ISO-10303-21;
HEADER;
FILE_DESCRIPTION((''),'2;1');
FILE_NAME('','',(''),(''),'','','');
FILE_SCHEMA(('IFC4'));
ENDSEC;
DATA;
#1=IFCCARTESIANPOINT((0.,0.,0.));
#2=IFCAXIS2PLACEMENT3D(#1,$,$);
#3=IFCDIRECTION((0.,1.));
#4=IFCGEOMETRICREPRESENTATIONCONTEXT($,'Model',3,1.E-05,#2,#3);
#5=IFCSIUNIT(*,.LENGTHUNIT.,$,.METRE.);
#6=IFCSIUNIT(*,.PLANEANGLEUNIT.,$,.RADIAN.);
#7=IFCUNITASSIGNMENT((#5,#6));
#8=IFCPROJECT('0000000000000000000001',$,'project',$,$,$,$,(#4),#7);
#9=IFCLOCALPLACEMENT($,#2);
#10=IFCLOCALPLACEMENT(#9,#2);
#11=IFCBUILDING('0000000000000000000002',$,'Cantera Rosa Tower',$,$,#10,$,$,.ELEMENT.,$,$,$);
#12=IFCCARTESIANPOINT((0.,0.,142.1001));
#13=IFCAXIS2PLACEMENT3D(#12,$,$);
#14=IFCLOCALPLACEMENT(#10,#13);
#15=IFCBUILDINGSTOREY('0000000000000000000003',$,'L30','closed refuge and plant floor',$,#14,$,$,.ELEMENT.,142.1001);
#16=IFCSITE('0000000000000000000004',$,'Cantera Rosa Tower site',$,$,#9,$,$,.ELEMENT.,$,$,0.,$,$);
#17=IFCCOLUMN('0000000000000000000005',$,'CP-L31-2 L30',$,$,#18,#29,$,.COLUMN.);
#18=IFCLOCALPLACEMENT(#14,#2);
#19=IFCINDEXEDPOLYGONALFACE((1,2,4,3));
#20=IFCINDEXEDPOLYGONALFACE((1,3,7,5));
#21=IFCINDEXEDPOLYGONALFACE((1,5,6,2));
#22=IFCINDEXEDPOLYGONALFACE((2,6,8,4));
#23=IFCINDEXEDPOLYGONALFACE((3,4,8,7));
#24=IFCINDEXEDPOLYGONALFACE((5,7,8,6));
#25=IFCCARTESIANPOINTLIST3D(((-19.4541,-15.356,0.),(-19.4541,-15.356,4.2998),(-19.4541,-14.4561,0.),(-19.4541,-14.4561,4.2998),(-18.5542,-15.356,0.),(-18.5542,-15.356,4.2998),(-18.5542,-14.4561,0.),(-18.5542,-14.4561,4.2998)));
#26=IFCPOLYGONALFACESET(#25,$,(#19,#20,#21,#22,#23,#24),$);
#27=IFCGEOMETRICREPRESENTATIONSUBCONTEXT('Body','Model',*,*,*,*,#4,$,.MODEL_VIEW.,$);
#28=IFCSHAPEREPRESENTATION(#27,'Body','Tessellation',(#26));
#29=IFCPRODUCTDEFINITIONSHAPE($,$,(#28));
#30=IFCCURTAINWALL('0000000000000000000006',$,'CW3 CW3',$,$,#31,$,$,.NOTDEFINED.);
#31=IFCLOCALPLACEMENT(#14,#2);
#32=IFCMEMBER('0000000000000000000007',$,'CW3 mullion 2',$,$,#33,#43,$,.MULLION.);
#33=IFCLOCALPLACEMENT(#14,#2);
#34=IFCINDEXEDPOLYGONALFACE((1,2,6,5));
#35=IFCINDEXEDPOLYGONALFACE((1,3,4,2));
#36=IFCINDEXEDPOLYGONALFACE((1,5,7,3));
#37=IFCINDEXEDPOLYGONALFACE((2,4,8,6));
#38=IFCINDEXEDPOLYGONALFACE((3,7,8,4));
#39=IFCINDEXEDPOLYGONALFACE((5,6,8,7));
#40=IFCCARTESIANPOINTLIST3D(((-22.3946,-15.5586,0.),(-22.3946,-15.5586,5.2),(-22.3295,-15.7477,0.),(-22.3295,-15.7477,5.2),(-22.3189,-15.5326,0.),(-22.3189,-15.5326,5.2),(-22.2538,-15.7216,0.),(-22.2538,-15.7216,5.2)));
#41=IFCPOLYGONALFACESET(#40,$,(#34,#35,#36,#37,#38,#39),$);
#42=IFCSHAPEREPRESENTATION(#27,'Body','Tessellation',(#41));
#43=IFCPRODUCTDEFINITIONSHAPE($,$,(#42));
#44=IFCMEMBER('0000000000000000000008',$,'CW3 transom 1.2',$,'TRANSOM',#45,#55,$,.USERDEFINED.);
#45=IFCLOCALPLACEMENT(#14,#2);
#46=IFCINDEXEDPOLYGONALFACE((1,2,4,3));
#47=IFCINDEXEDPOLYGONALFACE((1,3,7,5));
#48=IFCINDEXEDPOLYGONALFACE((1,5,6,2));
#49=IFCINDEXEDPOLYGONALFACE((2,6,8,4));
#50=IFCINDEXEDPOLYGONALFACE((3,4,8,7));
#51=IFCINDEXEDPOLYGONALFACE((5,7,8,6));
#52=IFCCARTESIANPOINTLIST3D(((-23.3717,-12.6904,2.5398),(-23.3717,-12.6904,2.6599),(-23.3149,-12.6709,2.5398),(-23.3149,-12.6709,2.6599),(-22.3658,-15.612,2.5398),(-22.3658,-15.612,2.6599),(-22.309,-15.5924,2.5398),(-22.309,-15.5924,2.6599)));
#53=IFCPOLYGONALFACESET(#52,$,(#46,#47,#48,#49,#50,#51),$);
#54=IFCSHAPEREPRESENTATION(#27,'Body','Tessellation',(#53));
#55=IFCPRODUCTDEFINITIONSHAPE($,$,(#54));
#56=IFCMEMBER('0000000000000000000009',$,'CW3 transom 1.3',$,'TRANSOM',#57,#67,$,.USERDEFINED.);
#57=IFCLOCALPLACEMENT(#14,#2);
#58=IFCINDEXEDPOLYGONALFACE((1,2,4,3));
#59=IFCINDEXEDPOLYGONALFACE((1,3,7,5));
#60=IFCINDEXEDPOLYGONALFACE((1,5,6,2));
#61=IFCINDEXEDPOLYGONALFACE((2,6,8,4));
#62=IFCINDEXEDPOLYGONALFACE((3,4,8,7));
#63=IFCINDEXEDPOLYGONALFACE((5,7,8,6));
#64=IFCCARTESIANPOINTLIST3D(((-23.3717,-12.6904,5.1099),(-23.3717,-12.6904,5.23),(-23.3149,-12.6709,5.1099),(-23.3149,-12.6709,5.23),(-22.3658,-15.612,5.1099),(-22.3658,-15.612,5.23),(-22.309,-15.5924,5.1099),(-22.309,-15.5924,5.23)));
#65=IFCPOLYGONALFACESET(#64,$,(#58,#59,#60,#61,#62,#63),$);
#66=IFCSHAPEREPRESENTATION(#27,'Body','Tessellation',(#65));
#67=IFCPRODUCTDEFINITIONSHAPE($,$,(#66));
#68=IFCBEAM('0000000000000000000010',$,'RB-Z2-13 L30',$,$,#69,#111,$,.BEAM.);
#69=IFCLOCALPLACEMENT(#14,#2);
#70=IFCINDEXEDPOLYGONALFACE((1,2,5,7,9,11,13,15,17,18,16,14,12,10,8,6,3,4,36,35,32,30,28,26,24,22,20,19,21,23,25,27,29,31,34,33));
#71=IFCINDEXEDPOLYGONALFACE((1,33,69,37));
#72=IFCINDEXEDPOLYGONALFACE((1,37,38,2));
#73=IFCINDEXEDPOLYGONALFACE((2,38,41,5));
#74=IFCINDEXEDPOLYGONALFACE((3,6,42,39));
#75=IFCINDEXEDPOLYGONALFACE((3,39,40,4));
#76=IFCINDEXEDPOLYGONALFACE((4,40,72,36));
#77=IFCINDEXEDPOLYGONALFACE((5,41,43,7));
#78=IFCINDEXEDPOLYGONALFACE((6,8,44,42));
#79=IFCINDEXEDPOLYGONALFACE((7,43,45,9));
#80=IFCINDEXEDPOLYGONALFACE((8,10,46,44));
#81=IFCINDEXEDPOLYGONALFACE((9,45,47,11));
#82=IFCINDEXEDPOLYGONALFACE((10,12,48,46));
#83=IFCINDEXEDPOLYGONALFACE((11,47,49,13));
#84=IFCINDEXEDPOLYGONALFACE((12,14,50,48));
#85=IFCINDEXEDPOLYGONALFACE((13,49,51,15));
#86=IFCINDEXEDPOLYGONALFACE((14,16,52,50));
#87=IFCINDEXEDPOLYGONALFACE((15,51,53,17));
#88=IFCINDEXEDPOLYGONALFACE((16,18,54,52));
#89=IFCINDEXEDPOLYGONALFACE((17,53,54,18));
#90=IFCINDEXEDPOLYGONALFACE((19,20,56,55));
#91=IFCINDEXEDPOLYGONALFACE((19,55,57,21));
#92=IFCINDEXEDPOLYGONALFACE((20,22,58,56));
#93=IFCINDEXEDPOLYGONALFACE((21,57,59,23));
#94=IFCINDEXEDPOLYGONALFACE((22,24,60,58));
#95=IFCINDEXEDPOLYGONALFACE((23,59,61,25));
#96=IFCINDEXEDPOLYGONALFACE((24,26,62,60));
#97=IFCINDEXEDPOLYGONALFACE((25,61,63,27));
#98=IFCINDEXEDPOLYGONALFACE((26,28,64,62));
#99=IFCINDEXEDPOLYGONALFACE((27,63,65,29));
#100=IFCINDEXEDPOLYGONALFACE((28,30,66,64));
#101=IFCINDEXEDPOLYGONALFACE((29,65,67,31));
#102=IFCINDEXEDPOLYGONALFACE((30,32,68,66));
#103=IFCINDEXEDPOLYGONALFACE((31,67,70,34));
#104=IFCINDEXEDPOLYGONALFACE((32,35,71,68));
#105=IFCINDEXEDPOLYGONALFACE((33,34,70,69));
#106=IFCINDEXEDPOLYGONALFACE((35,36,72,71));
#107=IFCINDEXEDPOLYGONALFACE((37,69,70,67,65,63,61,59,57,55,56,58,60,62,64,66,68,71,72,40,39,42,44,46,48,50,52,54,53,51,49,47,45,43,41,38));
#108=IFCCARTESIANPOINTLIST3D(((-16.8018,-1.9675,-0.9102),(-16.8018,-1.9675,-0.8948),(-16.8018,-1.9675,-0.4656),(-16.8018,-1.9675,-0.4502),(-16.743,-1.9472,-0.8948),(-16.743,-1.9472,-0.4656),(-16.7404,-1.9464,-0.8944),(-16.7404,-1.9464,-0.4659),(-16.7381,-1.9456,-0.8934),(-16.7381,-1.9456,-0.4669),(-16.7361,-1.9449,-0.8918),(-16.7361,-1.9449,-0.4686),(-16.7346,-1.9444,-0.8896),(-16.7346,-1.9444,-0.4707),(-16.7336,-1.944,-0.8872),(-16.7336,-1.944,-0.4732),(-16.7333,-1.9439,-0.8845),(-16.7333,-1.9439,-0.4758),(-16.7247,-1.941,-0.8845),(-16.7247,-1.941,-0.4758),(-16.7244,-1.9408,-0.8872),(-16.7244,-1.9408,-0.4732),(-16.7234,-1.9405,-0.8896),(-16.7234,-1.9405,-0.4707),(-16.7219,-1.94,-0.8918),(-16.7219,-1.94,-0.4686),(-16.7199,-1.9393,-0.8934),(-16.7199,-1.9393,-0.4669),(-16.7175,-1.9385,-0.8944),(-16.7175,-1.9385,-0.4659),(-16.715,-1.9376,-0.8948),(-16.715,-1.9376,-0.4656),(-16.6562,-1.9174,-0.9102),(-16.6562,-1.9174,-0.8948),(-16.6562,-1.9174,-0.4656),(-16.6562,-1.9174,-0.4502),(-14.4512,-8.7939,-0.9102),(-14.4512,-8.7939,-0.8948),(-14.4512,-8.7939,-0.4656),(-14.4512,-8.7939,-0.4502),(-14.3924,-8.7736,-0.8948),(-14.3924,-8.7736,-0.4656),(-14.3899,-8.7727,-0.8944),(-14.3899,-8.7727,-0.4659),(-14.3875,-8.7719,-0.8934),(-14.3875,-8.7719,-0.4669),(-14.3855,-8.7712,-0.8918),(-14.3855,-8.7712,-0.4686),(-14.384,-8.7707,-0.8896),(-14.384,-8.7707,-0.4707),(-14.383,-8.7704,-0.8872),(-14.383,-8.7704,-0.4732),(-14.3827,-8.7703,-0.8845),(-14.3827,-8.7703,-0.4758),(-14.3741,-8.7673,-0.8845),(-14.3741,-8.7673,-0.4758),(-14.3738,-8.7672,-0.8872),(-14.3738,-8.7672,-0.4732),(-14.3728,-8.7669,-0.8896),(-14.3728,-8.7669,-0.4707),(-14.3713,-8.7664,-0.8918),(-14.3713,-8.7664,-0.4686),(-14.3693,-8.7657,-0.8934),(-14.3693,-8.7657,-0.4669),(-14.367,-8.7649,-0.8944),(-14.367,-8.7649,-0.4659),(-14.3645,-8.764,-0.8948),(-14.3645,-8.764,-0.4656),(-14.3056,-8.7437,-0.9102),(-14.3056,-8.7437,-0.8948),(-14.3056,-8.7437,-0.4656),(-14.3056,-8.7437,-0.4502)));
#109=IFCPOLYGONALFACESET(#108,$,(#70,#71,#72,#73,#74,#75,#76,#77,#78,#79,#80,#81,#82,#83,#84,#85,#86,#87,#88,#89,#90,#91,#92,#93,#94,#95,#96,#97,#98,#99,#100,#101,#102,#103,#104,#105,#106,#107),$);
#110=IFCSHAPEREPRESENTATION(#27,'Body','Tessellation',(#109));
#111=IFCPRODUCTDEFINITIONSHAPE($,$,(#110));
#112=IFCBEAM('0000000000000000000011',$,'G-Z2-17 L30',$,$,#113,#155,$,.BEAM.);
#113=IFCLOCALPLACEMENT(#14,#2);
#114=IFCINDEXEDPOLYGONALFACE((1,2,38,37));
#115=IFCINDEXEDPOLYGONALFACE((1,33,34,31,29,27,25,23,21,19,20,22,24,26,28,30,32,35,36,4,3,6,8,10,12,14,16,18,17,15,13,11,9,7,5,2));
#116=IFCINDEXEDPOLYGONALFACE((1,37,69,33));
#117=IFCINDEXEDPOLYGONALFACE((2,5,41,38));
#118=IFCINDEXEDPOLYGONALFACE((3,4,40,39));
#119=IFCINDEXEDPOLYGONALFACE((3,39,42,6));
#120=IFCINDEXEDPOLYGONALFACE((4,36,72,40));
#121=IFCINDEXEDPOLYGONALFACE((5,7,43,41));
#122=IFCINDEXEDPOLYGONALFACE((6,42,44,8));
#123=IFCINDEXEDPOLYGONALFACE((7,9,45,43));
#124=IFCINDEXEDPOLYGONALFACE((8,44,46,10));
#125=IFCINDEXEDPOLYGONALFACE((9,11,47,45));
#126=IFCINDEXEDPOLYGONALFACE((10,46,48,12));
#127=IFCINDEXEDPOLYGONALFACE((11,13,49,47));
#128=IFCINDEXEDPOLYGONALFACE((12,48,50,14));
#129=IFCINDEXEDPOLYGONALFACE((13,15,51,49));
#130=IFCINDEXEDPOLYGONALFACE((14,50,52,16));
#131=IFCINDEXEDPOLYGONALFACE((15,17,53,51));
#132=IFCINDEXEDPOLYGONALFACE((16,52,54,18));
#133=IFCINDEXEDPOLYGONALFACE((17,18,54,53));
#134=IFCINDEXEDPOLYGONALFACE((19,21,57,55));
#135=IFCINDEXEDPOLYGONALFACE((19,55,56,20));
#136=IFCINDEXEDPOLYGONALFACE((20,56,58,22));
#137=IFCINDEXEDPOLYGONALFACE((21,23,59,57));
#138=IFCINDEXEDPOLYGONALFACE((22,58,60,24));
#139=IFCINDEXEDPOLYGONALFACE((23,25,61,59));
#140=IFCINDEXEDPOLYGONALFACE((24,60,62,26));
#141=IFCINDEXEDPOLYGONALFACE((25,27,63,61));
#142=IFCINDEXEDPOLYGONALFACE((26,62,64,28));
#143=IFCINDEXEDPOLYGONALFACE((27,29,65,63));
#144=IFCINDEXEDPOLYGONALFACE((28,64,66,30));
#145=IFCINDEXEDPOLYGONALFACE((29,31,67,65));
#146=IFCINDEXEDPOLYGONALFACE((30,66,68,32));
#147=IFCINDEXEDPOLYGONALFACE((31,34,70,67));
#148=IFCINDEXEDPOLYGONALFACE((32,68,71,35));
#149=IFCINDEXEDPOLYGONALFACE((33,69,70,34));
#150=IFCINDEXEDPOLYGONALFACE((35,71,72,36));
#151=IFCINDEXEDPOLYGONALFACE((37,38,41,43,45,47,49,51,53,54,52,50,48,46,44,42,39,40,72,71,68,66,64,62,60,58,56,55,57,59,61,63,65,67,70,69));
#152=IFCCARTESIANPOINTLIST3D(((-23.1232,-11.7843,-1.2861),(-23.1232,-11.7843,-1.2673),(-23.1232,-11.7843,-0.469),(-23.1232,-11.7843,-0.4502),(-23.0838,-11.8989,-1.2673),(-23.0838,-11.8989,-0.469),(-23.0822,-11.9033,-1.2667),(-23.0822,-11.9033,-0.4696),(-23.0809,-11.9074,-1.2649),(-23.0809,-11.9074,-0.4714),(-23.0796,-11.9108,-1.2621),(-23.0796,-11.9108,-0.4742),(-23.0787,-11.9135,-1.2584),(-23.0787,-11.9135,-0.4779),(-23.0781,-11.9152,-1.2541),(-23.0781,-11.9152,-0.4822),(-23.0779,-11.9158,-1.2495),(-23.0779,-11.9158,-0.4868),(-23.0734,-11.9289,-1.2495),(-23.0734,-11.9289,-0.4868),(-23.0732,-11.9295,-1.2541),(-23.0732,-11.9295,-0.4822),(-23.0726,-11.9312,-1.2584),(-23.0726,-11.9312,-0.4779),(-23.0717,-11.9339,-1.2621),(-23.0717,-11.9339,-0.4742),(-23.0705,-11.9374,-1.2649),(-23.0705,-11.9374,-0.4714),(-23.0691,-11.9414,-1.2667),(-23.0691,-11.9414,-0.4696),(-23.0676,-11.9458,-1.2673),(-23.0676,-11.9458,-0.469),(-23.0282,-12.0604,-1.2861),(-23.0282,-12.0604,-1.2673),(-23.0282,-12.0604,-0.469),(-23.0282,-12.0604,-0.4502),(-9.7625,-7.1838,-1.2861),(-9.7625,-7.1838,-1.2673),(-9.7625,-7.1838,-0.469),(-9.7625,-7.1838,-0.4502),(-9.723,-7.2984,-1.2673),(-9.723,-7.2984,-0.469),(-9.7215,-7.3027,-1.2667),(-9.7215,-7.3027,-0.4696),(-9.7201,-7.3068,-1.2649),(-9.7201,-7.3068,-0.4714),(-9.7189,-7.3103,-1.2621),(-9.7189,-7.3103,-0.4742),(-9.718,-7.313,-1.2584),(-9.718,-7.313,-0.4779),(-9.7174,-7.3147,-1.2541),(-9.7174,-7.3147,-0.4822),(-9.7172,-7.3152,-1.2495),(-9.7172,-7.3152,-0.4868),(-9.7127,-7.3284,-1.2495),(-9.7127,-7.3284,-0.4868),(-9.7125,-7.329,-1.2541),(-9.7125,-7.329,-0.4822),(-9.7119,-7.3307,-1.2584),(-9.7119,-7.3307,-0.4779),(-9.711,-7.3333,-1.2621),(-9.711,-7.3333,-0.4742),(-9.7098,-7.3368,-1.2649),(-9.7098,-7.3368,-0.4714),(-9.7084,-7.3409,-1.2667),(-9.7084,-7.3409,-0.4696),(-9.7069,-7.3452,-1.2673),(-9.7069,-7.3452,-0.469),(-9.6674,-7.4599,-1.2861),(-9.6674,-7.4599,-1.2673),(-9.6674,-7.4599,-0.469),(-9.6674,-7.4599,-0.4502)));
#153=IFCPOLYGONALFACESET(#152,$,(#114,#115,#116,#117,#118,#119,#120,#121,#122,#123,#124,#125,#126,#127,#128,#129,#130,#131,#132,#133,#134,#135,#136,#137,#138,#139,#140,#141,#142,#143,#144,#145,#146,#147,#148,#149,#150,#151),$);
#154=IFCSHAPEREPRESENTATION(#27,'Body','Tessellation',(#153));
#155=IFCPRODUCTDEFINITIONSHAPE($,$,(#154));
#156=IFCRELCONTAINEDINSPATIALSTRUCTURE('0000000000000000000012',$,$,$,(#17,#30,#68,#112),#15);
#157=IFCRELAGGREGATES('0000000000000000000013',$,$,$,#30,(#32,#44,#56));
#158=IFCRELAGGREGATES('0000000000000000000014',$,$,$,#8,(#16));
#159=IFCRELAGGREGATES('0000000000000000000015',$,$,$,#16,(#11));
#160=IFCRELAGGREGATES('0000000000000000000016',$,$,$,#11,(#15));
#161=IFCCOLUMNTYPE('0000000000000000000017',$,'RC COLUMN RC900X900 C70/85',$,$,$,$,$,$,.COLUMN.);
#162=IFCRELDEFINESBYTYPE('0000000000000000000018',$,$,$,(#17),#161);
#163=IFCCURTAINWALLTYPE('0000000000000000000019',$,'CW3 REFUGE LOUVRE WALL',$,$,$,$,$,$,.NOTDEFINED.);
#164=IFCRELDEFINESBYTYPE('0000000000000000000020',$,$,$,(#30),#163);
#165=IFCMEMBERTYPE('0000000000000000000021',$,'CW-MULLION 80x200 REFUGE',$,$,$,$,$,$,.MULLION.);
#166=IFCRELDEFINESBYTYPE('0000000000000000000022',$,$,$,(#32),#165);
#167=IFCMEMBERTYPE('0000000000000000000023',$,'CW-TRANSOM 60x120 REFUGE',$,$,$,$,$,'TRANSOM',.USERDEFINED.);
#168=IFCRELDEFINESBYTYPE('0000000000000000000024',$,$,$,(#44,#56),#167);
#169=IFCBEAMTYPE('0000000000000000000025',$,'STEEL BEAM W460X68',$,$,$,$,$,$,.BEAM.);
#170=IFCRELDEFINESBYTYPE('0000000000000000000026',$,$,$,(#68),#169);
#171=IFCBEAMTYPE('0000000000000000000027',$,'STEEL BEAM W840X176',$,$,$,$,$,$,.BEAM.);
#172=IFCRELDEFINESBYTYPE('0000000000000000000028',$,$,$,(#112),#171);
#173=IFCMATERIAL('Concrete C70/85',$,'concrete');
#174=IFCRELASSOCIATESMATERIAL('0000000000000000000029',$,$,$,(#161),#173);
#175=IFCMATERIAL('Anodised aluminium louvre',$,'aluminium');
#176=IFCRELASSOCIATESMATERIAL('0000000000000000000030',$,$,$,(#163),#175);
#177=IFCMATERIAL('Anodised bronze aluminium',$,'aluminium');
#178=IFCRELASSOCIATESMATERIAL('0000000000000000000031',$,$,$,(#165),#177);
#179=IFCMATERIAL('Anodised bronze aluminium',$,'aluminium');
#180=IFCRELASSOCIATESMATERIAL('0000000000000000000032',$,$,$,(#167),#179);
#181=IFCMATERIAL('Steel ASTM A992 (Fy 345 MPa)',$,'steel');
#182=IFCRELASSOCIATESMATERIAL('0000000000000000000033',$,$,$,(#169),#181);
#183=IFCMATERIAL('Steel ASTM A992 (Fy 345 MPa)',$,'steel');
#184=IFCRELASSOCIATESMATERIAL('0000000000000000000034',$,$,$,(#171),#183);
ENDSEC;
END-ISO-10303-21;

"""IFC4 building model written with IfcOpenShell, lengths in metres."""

from ifc_helpers import new_model, si_unit, direction, frame, origin, origin_2d, place, context, subcontext, project, spatial, rectangle, i_section, extrude, material, material_profile, profile_set, type_object, element, aggregate, save


model = new_model("IFC4")

# Units and contexts
model_context = context("Model", 3, precision=1e-05, world=origin(), true_north=direction((0.0, 1.0)))
body_context = subcontext(model_context, "Body", "Model", "MODEL_VIEW")
ifc_project = project(units=[si_unit("LENGTHUNIT", "METRE"), si_unit("PLANEANGLEUNIT", "RADIAN")], contexts=[model_context])

# Site, building, storey
site_placement = place(None, origin())
site = spatial("IfcSite", under=ifc_project, at=site_placement, Name="Cantera Rosa Tower site", CompositionType="ELEMENT", RefElevation=0.0)
building_placement = place(site_placement, origin())
building = spatial("IfcBuilding", under=site, at=building_placement, Name="Cantera Rosa Tower", CompositionType="ELEMENT")
storey_placement = place(building_placement, frame((0.0, 0.0, 142.1001)))
storey = spatial("IfcBuildingStorey", under=building, at=storey_placement, Name="L30", Description="closed refuge and plant floor", CompositionType="ELEMENT", Elevation=142.1001)

# Column
ifc_material_1 = material(Name="Concrete C70/85", Category="concrete")
ifc_material_profile_1 = material_profile(ifc_material_1, rectangle(XDim=0.8999, YDim=0.8999, at=origin_2d()), Name="RC COLUMN RC900X900 C70/85")
ifc_profile_set_1 = profile_set([ifc_material_profile_1], Name="Concrete C70/85")
column_type = type_object("IfcColumnType", Name="RC COLUMN RC900X900 C70/85", PredefinedType="COLUMN", material=ifc_profile_set_1)
column_placement = place(storey_placement, frame((-19.0042, -14.906, 0.0), z_axis=(0.0, 0.0, 1.0), x_axis=(1.0, 0.0, 0.0)))
element("IfcColumn", 1, at=column_placement, inside=storey, type_object=column_type, Name="CP-L31-2 L30", PredefinedType="COLUMN", context=body_context, shape_type="SweptSolid", body=[
    extrude(rectangle(XDim=0.8999, YDim=0.8999, at=origin_2d()), origin(), (0.0, 0.0, 1.0), 4.2998),
])

# Curtain wall, members
ifc_material_2 = material(Name="Anodised aluminium louvre", Category="aluminium")
curtain_wall_type = type_object("IfcCurtainWallType", Name="CW3 REFUGE LOUVRE WALL", PredefinedType="NOTDEFINED", material=ifc_material_2)
curtain_wall_placement = place(storey_placement, origin())
curtain_wall = element("IfcCurtainWall", 2, at=curtain_wall_placement, inside=storey, type_object=curtain_wall_type, Name="CW3 CW3", PredefinedType="NOTDEFINED")
ifc_material_3 = material(Name="Anodised bronze aluminium", Category="aluminium")
ifc_material_profile_2 = material_profile(ifc_material_3, rectangle(XDim=0.0801, YDim=0.2, at=origin_2d()), Name="CW-MULLION 80x200 REFUGE")
ifc_profile_set_2 = profile_set([ifc_material_profile_2], Name="Anodised bronze aluminium")
member_type_1 = type_object("IfcMemberType", Name="CW-MULLION 80x200 REFUGE", PredefinedType="MULLION", material=ifc_profile_set_2)
member_1_placement = place(storey_placement, frame((-22.3242, -15.6401, 0.0), z_axis=(0.0, 0.0, 1.0), x_axis=(0.945519, 0.325568, 0.0)))
member_1 = element("IfcMember", 3, at=member_1_placement, type_object=member_type_1, Name="CW3 mullion 2", PredefinedType="MULLION", context=body_context, shape_type="SweptSolid", body=[
    extrude(rectangle(XDim=0.0801, YDim=0.2, at=origin_2d()), origin(), (0.0, 0.0, 1.0), 5.2),
])
ifc_material_4 = material(Name="Anodised bronze aluminium", Category="aluminium")
ifc_material_profile_3 = material_profile(ifc_material_4, rectangle(XDim=0.0601, YDim=0.1201, at=origin_2d()), Name="CW-TRANSOM 60x120 REFUGE")
ifc_profile_set_3 = profile_set([ifc_material_profile_3], Name="Anodised bronze aluminium")
member_type_2 = type_object("IfcMemberType", Name="CW-TRANSOM 60x120 REFUGE", ElementType="TRANSOM", PredefinedType="USERDEFINED", material=ifc_profile_set_3)
member_2_placement = place(storey_placement, frame((-23.3433, -12.6807, 2.5999), z_axis=(0.325528, -0.945532, 0.0), x_axis=(0.945532, 0.325528, 0.0)))
member_2 = element("IfcMember", 4, at=member_2_placement, type_object=member_type_2, Name="CW3 transom 1.2", ObjectType="TRANSOM", PredefinedType="USERDEFINED", context=body_context, shape_type="SweptSolid", body=[
    extrude(rectangle(XDim=0.0601, YDim=0.1201, at=origin_2d()), origin(), (0.0, 0.0, 1.0), 3.0898),
])
member_3_placement = place(storey_placement, frame((-23.3433, -12.6807, 5.1699), z_axis=(0.325528, -0.945532, 0.0), x_axis=(0.945532, 0.325528, 0.0)))
member_3 = element("IfcMember", 5, at=member_3_placement, type_object=member_type_2, Name="CW3 transom 1.3", ObjectType="TRANSOM", PredefinedType="USERDEFINED", context=body_context, shape_type="SweptSolid", body=[
    extrude(rectangle(XDim=0.0601, YDim=0.1201, at=origin_2d()), origin(), (0.0, 0.0, 1.0), 3.0898),
])

# Beams
ifc_material_5 = material(Name="Steel ASTM A992 (Fy 345 MPa)", Category="steel")
ifc_material_profile_4 = material_profile(ifc_material_5, i_section(OverallWidth=0.1541, OverallDepth=0.46, WebThickness=0.009, FlangeThickness=0.0154, FilletRadius=0.0103, at=origin_2d()), Name="W460X68")
ifc_profile_set_4 = profile_set([ifc_material_profile_4], Name="Steel ASTM A992 (Fy 345 MPa)")
beam_type_1 = type_object("IfcBeamType", Name="STEEL BEAM W460X68", PredefinedType="BEAM", material=ifc_profile_set_4)
beam_1_placement = place(storey_placement, frame((-14.3784, -8.7688, -0.6802), z_axis=(-0.325576, 0.945516, 0.0), x_axis=(-0.945516, -0.325576, 0.0)))
element("IfcBeam", 6, at=beam_1_placement, inside=storey, type_object=beam_type_1, Name="RB-Z2-13 L30", PredefinedType="BEAM", context=body_context, shape_type="SweptSolid", body=[
    extrude(i_section(OverallWidth=0.1541, OverallDepth=0.46, WebThickness=0.009, FlangeThickness=0.0154, FilletRadius=0.0103, at=origin_2d()), origin(), (0.0, 0.0, 1.0), 7.2197),
])
ifc_material_6 = material(Name="Steel ASTM A992 (Fy 345 MPa)", Category="steel")
ifc_material_profile_5 = material_profile(ifc_material_6, i_section(OverallWidth=0.292, OverallDepth=0.8359, WebThickness=0.0139, FlangeThickness=0.0188, FilletRadius=0.0178, at=origin_2d()), Name="W840X176")
ifc_profile_set_5 = profile_set([ifc_material_profile_5], Name="Steel ASTM A992 (Fy 345 MPa)")
beam_type_2 = type_object("IfcBeamType", Name="STEEL BEAM W840X176", PredefinedType="BEAM", material=ifc_profile_set_5)
beam_2_placement = place(storey_placement, frame((-23.0757, -11.9224, -0.8682), z_axis=(0.945517, 0.325573, 0.0), x_axis=(-0.325573, 0.945517, 0.0)))
element("IfcBeam", 7, at=beam_2_placement, inside=storey, type_object=beam_type_2, Name="G-Z2-17 L30", PredefinedType="BEAM", context=body_context, shape_type="SweptSolid", body=[
    extrude(i_section(OverallWidth=0.292, OverallDepth=0.8359, WebThickness=0.0139, FlangeThickness=0.0188, FilletRadius=0.0178, at=origin_2d()), origin(), (0.0, 0.0, 1.0), 14.1306),
])

aggregate(curtain_wall, [member_1, member_2, member_3])

save(model, "model.ifc")
